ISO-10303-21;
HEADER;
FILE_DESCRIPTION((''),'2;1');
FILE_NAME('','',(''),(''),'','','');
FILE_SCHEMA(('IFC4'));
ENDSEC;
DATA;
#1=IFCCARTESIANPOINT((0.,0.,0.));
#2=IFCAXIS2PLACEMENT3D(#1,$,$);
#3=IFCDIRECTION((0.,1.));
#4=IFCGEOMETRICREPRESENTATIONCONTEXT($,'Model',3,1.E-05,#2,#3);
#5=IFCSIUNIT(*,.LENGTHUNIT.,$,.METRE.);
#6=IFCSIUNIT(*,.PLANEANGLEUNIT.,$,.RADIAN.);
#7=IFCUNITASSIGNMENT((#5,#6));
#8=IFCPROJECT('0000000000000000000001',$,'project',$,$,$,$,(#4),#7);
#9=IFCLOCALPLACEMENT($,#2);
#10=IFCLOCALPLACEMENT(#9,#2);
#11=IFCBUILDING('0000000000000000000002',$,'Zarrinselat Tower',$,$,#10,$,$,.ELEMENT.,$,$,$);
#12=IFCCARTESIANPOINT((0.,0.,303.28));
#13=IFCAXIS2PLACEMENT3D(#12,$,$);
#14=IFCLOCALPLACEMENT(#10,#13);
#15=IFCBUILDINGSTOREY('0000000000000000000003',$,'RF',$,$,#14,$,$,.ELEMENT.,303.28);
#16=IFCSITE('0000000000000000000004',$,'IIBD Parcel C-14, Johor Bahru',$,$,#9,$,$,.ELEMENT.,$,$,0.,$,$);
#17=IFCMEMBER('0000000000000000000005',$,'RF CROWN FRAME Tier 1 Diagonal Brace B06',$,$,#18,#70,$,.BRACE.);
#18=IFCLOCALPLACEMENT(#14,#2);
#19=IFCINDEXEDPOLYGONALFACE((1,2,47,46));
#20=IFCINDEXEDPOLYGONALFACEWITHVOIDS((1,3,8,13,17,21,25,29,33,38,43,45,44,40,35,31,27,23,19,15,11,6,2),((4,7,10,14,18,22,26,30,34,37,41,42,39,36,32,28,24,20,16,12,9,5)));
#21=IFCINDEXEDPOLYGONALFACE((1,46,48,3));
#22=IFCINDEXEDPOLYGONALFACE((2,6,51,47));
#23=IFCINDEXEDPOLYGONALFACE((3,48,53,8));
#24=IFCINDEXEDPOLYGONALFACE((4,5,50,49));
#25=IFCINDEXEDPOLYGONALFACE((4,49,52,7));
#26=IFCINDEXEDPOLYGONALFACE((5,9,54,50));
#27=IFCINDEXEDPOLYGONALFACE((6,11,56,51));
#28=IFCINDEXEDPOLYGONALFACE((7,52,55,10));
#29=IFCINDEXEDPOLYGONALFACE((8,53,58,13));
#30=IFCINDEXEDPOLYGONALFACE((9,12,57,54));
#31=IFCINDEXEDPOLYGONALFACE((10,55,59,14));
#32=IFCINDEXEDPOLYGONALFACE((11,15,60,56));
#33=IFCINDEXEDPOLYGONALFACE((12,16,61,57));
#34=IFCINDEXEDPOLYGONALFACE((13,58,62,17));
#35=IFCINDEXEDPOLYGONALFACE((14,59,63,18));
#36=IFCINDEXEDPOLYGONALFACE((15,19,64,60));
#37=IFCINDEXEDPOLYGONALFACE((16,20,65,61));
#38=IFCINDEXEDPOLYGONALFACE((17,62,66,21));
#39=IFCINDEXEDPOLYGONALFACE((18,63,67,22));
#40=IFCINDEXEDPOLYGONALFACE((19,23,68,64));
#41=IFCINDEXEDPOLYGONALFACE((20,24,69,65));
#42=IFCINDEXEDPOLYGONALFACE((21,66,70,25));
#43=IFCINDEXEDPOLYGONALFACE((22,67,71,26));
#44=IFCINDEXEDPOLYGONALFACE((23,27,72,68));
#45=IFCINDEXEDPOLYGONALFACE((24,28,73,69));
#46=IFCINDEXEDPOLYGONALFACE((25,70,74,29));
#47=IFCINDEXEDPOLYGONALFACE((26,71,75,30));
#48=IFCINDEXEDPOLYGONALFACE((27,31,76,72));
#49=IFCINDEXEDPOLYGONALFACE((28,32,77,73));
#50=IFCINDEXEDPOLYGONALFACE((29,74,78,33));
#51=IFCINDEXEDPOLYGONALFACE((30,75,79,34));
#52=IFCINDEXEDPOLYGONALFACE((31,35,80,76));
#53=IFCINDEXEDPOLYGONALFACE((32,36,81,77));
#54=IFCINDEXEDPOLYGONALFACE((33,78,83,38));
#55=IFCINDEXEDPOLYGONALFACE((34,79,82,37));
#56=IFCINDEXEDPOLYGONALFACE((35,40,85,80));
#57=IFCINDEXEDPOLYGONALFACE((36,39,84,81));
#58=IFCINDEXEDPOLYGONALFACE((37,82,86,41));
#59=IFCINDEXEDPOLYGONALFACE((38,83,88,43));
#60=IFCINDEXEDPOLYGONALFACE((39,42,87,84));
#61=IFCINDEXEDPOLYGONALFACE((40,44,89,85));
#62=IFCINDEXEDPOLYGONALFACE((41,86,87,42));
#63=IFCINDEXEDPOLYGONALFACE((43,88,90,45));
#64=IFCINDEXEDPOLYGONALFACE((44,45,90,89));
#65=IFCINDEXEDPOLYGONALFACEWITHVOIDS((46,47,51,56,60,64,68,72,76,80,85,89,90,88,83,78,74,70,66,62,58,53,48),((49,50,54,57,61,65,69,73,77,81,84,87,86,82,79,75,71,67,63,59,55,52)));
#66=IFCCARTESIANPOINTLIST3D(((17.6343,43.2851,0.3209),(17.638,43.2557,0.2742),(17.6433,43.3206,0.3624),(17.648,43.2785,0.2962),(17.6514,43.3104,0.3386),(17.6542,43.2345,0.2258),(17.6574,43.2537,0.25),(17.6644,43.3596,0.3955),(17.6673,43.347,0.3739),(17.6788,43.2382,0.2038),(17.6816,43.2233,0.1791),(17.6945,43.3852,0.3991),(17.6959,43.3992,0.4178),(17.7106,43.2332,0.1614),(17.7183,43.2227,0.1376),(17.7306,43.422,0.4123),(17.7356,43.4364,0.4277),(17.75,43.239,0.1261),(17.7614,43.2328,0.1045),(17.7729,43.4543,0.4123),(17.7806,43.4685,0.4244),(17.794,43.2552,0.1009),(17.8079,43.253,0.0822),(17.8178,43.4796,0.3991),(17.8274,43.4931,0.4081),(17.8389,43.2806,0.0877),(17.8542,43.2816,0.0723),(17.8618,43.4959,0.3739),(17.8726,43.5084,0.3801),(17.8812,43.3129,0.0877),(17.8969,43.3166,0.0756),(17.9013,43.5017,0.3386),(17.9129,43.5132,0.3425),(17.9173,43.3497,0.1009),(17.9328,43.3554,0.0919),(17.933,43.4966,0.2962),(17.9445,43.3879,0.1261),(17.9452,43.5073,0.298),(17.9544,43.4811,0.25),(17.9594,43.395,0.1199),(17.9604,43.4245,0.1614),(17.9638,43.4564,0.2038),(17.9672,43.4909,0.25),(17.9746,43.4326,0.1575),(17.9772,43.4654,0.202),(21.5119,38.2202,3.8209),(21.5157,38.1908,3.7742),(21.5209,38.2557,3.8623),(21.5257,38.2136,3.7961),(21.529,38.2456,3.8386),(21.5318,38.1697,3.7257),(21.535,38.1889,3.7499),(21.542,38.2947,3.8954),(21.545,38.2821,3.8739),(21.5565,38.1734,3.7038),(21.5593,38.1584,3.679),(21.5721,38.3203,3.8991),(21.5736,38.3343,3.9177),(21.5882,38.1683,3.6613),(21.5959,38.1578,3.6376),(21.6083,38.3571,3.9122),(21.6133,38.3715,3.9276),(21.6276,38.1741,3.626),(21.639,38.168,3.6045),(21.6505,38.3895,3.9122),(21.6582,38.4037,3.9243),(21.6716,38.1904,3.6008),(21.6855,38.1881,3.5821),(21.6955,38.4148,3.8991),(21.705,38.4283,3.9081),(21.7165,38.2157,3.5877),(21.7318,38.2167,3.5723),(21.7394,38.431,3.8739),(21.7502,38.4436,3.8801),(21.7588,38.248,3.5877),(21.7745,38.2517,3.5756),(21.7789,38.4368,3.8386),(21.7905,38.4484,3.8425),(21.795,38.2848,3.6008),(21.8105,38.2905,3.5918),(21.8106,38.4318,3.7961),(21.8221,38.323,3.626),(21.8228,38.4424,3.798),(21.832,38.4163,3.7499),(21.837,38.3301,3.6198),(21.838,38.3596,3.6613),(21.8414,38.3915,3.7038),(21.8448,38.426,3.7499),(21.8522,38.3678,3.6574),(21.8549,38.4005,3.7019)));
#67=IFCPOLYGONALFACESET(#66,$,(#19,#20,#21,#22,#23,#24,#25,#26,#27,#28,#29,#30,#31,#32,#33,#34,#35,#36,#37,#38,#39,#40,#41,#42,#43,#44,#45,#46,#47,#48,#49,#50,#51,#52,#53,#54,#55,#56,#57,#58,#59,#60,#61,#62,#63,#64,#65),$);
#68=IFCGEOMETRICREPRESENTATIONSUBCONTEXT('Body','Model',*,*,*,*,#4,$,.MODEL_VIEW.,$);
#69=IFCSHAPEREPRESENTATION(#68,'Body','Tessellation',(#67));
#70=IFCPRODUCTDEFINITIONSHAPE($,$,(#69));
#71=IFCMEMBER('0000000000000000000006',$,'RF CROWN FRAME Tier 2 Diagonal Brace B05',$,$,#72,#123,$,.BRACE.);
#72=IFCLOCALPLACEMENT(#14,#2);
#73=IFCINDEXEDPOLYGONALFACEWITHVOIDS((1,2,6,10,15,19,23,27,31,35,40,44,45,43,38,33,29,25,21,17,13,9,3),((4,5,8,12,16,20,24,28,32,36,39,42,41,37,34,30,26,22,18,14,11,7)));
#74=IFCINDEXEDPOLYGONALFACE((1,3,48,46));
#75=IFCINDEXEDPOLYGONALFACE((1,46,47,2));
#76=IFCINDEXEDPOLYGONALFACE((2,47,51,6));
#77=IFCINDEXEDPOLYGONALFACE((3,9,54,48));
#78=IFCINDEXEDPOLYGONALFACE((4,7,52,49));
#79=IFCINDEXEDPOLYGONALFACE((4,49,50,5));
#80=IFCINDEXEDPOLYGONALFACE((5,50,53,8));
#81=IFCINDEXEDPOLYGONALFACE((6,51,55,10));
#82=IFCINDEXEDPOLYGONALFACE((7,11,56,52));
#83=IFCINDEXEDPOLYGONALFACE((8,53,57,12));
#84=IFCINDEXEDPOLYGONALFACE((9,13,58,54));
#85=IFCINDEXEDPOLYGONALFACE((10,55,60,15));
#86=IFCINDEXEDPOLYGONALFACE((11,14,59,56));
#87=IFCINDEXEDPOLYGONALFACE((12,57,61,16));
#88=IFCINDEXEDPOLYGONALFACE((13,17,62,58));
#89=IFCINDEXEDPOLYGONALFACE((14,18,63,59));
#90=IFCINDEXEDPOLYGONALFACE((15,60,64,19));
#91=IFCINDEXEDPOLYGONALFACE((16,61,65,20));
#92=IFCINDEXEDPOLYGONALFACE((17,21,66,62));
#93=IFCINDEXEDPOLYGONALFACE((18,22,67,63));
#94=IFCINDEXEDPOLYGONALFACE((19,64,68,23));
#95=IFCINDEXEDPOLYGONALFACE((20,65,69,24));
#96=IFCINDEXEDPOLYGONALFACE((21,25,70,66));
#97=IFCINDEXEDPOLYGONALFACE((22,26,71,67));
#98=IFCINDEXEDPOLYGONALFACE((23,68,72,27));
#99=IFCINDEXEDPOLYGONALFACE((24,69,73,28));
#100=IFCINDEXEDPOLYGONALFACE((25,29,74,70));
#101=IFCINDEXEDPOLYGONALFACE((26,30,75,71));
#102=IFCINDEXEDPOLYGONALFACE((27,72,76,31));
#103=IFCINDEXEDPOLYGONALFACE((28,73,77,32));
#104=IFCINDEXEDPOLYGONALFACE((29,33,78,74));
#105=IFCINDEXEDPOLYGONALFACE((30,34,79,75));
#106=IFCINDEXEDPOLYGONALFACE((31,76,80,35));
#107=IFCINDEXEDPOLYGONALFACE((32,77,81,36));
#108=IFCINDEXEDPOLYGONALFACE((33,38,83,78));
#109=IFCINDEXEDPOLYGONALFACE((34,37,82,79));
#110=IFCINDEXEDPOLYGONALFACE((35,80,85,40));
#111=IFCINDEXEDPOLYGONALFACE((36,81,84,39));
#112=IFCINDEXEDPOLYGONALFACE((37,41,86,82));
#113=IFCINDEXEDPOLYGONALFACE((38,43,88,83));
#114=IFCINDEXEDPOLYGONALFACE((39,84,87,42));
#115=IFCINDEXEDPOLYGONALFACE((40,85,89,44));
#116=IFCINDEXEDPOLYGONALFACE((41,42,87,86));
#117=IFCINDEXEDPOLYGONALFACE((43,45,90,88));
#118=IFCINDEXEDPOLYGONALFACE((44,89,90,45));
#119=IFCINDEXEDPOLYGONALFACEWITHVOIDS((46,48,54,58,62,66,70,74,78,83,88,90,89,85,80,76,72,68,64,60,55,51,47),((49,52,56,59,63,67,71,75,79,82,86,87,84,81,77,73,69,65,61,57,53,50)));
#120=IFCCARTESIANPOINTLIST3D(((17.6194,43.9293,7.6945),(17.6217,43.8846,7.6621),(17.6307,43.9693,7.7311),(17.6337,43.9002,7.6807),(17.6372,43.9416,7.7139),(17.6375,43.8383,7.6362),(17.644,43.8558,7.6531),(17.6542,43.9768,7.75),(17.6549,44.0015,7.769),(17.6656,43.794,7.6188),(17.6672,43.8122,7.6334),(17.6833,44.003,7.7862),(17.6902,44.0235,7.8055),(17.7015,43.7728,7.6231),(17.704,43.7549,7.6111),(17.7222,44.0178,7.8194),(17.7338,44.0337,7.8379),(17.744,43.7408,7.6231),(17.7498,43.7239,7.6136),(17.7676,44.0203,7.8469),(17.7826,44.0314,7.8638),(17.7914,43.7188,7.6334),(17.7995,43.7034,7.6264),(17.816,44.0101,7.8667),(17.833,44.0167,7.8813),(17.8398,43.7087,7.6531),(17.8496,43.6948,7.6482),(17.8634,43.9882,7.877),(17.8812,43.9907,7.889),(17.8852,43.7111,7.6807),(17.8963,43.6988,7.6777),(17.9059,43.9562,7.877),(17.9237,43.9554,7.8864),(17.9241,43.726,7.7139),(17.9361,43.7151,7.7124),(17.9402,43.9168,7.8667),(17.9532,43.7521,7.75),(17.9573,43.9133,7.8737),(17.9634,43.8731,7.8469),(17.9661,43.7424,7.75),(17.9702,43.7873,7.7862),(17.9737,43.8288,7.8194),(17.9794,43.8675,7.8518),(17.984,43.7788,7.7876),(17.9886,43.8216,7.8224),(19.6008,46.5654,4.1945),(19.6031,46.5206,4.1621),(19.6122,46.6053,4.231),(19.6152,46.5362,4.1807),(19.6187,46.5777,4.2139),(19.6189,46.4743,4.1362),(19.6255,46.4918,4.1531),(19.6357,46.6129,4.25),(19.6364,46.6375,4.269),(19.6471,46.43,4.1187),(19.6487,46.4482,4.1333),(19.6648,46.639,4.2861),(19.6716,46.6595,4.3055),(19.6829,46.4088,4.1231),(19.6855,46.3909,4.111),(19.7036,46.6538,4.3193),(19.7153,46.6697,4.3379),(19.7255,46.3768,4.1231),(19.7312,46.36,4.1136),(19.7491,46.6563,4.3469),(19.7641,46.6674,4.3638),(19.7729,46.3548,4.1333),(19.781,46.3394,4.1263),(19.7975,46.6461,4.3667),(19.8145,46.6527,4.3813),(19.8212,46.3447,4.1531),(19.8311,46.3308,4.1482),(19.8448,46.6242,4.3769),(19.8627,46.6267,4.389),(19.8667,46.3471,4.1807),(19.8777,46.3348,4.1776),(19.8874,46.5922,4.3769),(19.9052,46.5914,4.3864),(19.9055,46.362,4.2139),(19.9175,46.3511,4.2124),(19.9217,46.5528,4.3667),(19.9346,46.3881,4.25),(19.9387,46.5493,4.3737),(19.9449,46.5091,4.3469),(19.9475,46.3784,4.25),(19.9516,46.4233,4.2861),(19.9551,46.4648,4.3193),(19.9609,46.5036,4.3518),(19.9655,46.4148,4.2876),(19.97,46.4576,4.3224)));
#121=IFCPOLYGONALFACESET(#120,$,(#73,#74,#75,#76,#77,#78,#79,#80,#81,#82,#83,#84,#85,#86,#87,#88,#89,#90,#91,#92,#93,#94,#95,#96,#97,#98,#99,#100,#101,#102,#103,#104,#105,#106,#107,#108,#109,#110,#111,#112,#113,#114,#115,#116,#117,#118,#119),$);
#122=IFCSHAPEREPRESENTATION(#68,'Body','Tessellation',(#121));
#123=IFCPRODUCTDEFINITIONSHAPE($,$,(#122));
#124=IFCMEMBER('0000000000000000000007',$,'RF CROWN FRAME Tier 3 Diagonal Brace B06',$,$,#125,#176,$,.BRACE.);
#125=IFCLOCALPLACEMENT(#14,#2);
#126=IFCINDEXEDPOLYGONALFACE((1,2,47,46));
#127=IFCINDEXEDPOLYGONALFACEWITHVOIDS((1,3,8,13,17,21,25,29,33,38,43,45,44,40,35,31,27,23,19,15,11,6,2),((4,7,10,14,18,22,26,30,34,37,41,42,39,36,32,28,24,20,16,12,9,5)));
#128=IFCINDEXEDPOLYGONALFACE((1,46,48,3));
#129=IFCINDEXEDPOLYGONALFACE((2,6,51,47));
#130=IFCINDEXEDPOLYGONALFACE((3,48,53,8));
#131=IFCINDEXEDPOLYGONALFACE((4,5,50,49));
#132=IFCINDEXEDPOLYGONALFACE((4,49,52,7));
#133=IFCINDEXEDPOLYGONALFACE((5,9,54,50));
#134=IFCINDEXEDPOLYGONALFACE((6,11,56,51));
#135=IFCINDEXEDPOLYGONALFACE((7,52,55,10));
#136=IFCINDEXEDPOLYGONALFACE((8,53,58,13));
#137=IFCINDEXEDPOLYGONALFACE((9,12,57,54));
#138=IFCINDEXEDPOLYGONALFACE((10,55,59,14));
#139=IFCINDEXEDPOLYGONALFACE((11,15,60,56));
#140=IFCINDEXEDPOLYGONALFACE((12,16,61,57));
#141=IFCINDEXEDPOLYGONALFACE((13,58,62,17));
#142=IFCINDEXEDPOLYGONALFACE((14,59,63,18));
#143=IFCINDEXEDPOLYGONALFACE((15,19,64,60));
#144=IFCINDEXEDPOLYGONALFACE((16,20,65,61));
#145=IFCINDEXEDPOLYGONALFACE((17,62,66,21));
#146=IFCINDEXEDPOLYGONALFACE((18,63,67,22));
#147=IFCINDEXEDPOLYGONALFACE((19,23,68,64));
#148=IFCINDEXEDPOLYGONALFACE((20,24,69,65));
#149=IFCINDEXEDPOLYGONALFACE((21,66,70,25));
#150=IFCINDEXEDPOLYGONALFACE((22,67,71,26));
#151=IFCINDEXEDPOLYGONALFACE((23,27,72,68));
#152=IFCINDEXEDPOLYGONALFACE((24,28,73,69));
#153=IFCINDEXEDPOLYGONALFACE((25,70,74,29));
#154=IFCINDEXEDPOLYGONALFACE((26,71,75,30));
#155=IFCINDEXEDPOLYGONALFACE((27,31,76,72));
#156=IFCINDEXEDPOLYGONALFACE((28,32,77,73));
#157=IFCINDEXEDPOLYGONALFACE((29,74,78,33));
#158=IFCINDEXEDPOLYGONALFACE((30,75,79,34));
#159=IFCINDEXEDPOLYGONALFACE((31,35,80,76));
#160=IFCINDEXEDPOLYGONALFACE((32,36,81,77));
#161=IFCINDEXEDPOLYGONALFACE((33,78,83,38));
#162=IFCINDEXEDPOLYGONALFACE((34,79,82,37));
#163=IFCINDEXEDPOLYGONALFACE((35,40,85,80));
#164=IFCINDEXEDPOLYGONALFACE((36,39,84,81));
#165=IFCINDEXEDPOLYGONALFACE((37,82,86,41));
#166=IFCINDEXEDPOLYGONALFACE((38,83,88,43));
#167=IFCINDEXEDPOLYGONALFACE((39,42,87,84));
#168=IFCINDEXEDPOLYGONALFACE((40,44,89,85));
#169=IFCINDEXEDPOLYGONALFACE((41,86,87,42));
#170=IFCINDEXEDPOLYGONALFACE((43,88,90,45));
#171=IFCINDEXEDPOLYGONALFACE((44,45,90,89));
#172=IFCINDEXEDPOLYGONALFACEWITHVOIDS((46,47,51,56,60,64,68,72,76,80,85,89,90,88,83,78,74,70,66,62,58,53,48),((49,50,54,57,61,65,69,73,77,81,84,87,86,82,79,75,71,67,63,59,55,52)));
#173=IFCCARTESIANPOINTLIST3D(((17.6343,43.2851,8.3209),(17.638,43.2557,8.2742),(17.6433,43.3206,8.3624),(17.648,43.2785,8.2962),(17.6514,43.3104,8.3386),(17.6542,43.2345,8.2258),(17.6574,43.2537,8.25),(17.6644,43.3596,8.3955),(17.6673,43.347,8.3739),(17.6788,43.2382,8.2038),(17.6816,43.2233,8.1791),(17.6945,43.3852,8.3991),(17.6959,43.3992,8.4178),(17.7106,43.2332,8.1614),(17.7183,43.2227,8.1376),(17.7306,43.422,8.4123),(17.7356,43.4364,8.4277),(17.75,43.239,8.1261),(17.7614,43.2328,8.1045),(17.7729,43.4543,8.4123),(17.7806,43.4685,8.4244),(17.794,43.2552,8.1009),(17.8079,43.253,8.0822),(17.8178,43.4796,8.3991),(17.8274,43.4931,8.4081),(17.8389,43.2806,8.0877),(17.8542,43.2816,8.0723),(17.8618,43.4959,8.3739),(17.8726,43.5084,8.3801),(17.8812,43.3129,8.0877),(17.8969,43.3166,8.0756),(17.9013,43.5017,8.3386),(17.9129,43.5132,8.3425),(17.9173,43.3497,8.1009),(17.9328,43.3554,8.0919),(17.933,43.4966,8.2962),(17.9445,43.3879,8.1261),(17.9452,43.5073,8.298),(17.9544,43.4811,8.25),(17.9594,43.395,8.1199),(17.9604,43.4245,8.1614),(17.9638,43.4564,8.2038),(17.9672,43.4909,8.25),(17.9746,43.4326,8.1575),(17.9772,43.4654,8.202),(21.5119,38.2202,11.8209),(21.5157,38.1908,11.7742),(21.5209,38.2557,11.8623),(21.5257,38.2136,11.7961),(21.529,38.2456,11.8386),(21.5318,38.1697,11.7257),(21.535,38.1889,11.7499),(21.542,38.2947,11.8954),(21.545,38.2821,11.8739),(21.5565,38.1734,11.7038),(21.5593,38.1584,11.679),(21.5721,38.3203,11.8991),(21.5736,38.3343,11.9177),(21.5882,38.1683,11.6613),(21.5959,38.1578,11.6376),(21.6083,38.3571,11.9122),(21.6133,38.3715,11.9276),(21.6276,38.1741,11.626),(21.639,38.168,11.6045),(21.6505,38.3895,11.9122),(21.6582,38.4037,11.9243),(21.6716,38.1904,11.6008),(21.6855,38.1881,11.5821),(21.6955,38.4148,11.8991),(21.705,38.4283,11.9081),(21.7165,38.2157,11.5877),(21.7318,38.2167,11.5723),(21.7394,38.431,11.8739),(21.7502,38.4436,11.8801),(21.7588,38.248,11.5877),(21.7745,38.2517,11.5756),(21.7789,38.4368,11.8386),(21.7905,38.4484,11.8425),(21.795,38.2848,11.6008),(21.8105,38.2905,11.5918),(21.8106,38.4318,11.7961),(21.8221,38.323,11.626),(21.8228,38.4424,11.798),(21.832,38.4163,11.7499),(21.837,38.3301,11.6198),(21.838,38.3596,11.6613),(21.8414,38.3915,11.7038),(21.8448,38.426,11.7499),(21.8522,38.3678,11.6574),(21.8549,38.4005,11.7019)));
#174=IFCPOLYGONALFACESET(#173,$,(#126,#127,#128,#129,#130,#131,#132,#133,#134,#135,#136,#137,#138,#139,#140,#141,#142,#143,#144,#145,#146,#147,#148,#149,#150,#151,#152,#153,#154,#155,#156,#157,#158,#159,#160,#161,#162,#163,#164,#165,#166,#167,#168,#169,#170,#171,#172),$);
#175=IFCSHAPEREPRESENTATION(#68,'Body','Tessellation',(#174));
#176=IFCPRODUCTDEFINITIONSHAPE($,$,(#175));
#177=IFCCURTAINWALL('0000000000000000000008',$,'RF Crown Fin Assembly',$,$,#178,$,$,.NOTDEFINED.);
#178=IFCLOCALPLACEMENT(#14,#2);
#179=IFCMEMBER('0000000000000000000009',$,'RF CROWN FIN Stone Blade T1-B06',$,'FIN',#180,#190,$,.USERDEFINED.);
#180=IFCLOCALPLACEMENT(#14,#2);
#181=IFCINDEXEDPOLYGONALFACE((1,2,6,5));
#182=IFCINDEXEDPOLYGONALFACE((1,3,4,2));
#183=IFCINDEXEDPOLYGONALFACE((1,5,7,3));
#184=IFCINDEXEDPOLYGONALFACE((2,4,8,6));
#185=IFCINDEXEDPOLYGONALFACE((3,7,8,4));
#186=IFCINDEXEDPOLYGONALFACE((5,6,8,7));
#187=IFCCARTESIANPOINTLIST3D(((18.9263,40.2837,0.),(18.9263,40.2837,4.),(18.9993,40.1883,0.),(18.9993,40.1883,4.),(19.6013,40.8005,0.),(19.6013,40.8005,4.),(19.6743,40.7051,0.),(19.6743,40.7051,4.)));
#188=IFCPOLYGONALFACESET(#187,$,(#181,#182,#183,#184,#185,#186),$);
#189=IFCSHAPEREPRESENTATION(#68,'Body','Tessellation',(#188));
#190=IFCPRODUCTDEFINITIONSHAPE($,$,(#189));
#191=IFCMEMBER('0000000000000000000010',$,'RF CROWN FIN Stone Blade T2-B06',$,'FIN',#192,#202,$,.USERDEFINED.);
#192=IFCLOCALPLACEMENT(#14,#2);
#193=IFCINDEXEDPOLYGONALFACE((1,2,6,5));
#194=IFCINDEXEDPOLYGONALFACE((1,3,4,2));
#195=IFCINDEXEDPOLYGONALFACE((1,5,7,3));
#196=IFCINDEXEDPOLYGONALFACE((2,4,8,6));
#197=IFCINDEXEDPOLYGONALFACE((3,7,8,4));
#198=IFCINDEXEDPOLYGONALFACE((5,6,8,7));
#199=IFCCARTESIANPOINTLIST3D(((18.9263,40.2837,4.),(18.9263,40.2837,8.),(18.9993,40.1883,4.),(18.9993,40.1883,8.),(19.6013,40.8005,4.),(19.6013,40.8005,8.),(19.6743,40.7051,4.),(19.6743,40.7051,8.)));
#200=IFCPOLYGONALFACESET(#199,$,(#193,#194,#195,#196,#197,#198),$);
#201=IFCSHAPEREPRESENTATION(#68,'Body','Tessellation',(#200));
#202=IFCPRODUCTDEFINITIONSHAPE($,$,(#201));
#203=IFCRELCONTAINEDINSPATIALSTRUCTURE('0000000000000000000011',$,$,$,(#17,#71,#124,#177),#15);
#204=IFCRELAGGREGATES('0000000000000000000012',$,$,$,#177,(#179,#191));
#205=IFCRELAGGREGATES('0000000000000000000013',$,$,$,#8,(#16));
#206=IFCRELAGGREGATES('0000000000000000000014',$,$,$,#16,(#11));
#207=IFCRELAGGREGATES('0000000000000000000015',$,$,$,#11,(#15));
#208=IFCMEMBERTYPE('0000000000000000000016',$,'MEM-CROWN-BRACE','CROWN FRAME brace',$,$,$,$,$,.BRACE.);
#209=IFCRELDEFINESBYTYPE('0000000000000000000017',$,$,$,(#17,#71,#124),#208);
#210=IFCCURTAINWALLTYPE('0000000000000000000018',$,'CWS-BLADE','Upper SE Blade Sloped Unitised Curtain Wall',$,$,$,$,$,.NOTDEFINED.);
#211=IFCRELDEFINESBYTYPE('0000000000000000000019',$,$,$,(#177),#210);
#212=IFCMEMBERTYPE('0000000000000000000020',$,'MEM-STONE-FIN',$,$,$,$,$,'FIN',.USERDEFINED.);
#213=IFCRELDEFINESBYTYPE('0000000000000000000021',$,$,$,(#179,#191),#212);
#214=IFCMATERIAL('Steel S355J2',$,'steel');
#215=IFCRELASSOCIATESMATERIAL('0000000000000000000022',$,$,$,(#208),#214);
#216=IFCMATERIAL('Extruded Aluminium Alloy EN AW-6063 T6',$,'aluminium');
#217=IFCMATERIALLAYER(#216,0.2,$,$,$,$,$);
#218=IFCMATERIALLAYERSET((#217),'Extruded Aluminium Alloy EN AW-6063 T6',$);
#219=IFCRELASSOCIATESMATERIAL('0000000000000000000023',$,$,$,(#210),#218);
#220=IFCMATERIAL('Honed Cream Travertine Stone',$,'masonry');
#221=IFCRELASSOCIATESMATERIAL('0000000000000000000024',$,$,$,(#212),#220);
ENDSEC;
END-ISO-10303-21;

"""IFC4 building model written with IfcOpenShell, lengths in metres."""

from ifc_helpers import new_model, si_unit, direction, frame, origin, origin_2d, place, context, subcontext, project, spatial, rectangle, hollow_circle, extrude, material, layer, layer_set, material_profile, profile_set, type_object, element, aggregate, save


model = new_model("IFC4")

# Units and contexts
model_context = context("Model", 3, precision=1e-05, world=origin(), true_north=direction((0.0, 1.0)))
body_context = subcontext(model_context, "Body", "Model", "MODEL_VIEW")
ifc_project = project(units=[si_unit("LENGTHUNIT", "METRE"), si_unit("PLANEANGLEUNIT", "RADIAN")], contexts=[model_context])

# Site, building, storey
site_placement = place(None, origin())
site = spatial("IfcSite", under=ifc_project, at=site_placement, Name="IIBD Parcel C-14, Johor Bahru", CompositionType="ELEMENT", RefElevation=0.0)
building_placement = place(site_placement, origin())
building = spatial("IfcBuilding", under=site, at=building_placement, Name="Zarrinselat Tower", CompositionType="ELEMENT")
storey_placement = place(building_placement, frame((0.0, 0.0, 303.28)))
storey = spatial("IfcBuildingStorey", under=building, at=storey_placement, Name="RF", CompositionType="ELEMENT", Elevation=303.28)

# Members
ifc_material_1 = material(Name="Steel S355J2", Category="steel")
ifc_material_profile_1 = material_profile(ifc_material_1, hollow_circle(Radius=0.2031, WallThickness=0.0161, at=origin_2d()), Name="CHS 406.4x16")
ifc_profile_set_1 = profile_set([ifc_material_profile_1], Name="Steel S355J2")
member_type_1 = type_object("IfcMemberType", Name="MEM-CROWN-BRACE", Description="CROWN FRAME brace", PredefinedType="BRACE", material=ifc_profile_set_1)
member_1_placement = place(storey_placement, frame((17.8059, 43.3674, 0.25), z_axis=(0.532942, -0.696117, 0.481034), x_axis=(0.794018, 0.607895, 0.0)))
element("IfcMember", 1, at=member_1_placement, inside=storey, type_object=member_type_1, Name="RF CROWN FRAME Tier 1 Diagonal Brace B06", PredefinedType="BRACE", context=body_context, shape_type="SweptSolid", body=[
    extrude(hollow_circle(Radius=0.2031, WallThickness=0.0161, at=origin_2d()), origin(), (0.0, 0.0, 1.0), 7.2759),
])
member_2_placement = place(storey_placement, frame((19.7852, 46.5005, 4.25), z_axis=(-0.412046, -0.548159, 0.727832), x_axis=(0.799351, -0.600864, 0.0)))
element("IfcMember", 2, at=member_2_placement, inside=storey, type_object=member_type_1, Name="RF CROWN FRAME Tier 2 Diagonal Brace B05", PredefinedType="BRACE", context=body_context, shape_type="SweptSolid", body=[
    extrude(hollow_circle(Radius=0.2031, WallThickness=0.0161, at=origin_2d()), origin(), (0.0, 0.0, 1.0), 4.8088),
])
member_3_placement = place(storey_placement, frame((17.8059, 43.3674, 8.25), z_axis=(0.532942, -0.696117, 0.481034), x_axis=(0.794018, 0.607895, 0.0)))
element("IfcMember", 3, at=member_3_placement, inside=storey, type_object=member_type_1, Name="RF CROWN FRAME Tier 3 Diagonal Brace B06", PredefinedType="BRACE", context=body_context, shape_type="SweptSolid", body=[
    extrude(hollow_circle(Radius=0.2031, WallThickness=0.0161, at=origin_2d()), origin(), (0.0, 0.0, 1.0), 7.2759),
])

# Curtain wall, members
ifc_material_2 = material(Name="Extruded Aluminium Alloy EN AW-6063 T6", Category="aluminium")
ifc_layer_1 = layer(ifc_material_2, 0.2)
ifc_layer_set_1 = layer_set([ifc_layer_1], Name="Extruded Aluminium Alloy EN AW-6063 T6")
curtain_wall_type = type_object("IfcCurtainWallType", Name="CWS-BLADE", Description="Upper SE Blade Sloped Unitised Curtain Wall", PredefinedType="NOTDEFINED", material=ifc_layer_set_1)
curtain_wall_placement = place(storey_placement, origin())
curtain_wall = element("IfcCurtainWall", 4, at=curtain_wall_placement, inside=storey, type_object=curtain_wall_type, Name="RF Crown Fin Assembly", PredefinedType="NOTDEFINED")
ifc_material_3 = material(Name="Honed Cream Travertine Stone", Category="masonry")
ifc_material_profile_2 = material_profile(ifc_material_3, rectangle(XDim=0.1201, YDim=0.8501, at=origin_2d()), Name="FIN 850x120")
ifc_profile_set_2 = profile_set([ifc_material_profile_2], Name="Honed Cream Travertine Stone")
member_type_2 = type_object("IfcMemberType", Name="MEM-STONE-FIN", ElementType="FIN", PredefinedType="USERDEFINED", material=ifc_profile_set_2)
member_4_placement = place(storey_placement, frame((19.3003, 40.4944, 0.0), z_axis=(0.0, 0.0, 1.0), x_axis=(-0.607896, 0.794016, 0.0)))
member_4 = element("IfcMember", 5, at=member_4_placement, type_object=member_type_2, Name="RF CROWN FIN Stone Blade T1-B06", ObjectType="FIN", PredefinedType="USERDEFINED", context=body_context, shape_type="SweptSolid", body=[
    extrude(rectangle(XDim=0.1201, YDim=0.8501, at=origin_2d()), origin(), (0.0, 0.0, 1.0), 4.0),
])
member_5_placement = place(storey_placement, frame((19.3003, 40.4944, 4.0), z_axis=(0.0, 0.0, 1.0), x_axis=(-0.607896, 0.794016, 0.0)))
member_5 = element("IfcMember", 6, at=member_5_placement, type_object=member_type_2, Name="RF CROWN FIN Stone Blade T2-B06", ObjectType="FIN", PredefinedType="USERDEFINED", context=body_context, shape_type="SweptSolid", body=[
    extrude(rectangle(XDim=0.1201, YDim=0.8501, at=origin_2d()), origin(), (0.0, 0.0, 1.0), 4.0),
])
aggregate(curtain_wall, [member_4, member_5])

save(model, "model.ifc")
